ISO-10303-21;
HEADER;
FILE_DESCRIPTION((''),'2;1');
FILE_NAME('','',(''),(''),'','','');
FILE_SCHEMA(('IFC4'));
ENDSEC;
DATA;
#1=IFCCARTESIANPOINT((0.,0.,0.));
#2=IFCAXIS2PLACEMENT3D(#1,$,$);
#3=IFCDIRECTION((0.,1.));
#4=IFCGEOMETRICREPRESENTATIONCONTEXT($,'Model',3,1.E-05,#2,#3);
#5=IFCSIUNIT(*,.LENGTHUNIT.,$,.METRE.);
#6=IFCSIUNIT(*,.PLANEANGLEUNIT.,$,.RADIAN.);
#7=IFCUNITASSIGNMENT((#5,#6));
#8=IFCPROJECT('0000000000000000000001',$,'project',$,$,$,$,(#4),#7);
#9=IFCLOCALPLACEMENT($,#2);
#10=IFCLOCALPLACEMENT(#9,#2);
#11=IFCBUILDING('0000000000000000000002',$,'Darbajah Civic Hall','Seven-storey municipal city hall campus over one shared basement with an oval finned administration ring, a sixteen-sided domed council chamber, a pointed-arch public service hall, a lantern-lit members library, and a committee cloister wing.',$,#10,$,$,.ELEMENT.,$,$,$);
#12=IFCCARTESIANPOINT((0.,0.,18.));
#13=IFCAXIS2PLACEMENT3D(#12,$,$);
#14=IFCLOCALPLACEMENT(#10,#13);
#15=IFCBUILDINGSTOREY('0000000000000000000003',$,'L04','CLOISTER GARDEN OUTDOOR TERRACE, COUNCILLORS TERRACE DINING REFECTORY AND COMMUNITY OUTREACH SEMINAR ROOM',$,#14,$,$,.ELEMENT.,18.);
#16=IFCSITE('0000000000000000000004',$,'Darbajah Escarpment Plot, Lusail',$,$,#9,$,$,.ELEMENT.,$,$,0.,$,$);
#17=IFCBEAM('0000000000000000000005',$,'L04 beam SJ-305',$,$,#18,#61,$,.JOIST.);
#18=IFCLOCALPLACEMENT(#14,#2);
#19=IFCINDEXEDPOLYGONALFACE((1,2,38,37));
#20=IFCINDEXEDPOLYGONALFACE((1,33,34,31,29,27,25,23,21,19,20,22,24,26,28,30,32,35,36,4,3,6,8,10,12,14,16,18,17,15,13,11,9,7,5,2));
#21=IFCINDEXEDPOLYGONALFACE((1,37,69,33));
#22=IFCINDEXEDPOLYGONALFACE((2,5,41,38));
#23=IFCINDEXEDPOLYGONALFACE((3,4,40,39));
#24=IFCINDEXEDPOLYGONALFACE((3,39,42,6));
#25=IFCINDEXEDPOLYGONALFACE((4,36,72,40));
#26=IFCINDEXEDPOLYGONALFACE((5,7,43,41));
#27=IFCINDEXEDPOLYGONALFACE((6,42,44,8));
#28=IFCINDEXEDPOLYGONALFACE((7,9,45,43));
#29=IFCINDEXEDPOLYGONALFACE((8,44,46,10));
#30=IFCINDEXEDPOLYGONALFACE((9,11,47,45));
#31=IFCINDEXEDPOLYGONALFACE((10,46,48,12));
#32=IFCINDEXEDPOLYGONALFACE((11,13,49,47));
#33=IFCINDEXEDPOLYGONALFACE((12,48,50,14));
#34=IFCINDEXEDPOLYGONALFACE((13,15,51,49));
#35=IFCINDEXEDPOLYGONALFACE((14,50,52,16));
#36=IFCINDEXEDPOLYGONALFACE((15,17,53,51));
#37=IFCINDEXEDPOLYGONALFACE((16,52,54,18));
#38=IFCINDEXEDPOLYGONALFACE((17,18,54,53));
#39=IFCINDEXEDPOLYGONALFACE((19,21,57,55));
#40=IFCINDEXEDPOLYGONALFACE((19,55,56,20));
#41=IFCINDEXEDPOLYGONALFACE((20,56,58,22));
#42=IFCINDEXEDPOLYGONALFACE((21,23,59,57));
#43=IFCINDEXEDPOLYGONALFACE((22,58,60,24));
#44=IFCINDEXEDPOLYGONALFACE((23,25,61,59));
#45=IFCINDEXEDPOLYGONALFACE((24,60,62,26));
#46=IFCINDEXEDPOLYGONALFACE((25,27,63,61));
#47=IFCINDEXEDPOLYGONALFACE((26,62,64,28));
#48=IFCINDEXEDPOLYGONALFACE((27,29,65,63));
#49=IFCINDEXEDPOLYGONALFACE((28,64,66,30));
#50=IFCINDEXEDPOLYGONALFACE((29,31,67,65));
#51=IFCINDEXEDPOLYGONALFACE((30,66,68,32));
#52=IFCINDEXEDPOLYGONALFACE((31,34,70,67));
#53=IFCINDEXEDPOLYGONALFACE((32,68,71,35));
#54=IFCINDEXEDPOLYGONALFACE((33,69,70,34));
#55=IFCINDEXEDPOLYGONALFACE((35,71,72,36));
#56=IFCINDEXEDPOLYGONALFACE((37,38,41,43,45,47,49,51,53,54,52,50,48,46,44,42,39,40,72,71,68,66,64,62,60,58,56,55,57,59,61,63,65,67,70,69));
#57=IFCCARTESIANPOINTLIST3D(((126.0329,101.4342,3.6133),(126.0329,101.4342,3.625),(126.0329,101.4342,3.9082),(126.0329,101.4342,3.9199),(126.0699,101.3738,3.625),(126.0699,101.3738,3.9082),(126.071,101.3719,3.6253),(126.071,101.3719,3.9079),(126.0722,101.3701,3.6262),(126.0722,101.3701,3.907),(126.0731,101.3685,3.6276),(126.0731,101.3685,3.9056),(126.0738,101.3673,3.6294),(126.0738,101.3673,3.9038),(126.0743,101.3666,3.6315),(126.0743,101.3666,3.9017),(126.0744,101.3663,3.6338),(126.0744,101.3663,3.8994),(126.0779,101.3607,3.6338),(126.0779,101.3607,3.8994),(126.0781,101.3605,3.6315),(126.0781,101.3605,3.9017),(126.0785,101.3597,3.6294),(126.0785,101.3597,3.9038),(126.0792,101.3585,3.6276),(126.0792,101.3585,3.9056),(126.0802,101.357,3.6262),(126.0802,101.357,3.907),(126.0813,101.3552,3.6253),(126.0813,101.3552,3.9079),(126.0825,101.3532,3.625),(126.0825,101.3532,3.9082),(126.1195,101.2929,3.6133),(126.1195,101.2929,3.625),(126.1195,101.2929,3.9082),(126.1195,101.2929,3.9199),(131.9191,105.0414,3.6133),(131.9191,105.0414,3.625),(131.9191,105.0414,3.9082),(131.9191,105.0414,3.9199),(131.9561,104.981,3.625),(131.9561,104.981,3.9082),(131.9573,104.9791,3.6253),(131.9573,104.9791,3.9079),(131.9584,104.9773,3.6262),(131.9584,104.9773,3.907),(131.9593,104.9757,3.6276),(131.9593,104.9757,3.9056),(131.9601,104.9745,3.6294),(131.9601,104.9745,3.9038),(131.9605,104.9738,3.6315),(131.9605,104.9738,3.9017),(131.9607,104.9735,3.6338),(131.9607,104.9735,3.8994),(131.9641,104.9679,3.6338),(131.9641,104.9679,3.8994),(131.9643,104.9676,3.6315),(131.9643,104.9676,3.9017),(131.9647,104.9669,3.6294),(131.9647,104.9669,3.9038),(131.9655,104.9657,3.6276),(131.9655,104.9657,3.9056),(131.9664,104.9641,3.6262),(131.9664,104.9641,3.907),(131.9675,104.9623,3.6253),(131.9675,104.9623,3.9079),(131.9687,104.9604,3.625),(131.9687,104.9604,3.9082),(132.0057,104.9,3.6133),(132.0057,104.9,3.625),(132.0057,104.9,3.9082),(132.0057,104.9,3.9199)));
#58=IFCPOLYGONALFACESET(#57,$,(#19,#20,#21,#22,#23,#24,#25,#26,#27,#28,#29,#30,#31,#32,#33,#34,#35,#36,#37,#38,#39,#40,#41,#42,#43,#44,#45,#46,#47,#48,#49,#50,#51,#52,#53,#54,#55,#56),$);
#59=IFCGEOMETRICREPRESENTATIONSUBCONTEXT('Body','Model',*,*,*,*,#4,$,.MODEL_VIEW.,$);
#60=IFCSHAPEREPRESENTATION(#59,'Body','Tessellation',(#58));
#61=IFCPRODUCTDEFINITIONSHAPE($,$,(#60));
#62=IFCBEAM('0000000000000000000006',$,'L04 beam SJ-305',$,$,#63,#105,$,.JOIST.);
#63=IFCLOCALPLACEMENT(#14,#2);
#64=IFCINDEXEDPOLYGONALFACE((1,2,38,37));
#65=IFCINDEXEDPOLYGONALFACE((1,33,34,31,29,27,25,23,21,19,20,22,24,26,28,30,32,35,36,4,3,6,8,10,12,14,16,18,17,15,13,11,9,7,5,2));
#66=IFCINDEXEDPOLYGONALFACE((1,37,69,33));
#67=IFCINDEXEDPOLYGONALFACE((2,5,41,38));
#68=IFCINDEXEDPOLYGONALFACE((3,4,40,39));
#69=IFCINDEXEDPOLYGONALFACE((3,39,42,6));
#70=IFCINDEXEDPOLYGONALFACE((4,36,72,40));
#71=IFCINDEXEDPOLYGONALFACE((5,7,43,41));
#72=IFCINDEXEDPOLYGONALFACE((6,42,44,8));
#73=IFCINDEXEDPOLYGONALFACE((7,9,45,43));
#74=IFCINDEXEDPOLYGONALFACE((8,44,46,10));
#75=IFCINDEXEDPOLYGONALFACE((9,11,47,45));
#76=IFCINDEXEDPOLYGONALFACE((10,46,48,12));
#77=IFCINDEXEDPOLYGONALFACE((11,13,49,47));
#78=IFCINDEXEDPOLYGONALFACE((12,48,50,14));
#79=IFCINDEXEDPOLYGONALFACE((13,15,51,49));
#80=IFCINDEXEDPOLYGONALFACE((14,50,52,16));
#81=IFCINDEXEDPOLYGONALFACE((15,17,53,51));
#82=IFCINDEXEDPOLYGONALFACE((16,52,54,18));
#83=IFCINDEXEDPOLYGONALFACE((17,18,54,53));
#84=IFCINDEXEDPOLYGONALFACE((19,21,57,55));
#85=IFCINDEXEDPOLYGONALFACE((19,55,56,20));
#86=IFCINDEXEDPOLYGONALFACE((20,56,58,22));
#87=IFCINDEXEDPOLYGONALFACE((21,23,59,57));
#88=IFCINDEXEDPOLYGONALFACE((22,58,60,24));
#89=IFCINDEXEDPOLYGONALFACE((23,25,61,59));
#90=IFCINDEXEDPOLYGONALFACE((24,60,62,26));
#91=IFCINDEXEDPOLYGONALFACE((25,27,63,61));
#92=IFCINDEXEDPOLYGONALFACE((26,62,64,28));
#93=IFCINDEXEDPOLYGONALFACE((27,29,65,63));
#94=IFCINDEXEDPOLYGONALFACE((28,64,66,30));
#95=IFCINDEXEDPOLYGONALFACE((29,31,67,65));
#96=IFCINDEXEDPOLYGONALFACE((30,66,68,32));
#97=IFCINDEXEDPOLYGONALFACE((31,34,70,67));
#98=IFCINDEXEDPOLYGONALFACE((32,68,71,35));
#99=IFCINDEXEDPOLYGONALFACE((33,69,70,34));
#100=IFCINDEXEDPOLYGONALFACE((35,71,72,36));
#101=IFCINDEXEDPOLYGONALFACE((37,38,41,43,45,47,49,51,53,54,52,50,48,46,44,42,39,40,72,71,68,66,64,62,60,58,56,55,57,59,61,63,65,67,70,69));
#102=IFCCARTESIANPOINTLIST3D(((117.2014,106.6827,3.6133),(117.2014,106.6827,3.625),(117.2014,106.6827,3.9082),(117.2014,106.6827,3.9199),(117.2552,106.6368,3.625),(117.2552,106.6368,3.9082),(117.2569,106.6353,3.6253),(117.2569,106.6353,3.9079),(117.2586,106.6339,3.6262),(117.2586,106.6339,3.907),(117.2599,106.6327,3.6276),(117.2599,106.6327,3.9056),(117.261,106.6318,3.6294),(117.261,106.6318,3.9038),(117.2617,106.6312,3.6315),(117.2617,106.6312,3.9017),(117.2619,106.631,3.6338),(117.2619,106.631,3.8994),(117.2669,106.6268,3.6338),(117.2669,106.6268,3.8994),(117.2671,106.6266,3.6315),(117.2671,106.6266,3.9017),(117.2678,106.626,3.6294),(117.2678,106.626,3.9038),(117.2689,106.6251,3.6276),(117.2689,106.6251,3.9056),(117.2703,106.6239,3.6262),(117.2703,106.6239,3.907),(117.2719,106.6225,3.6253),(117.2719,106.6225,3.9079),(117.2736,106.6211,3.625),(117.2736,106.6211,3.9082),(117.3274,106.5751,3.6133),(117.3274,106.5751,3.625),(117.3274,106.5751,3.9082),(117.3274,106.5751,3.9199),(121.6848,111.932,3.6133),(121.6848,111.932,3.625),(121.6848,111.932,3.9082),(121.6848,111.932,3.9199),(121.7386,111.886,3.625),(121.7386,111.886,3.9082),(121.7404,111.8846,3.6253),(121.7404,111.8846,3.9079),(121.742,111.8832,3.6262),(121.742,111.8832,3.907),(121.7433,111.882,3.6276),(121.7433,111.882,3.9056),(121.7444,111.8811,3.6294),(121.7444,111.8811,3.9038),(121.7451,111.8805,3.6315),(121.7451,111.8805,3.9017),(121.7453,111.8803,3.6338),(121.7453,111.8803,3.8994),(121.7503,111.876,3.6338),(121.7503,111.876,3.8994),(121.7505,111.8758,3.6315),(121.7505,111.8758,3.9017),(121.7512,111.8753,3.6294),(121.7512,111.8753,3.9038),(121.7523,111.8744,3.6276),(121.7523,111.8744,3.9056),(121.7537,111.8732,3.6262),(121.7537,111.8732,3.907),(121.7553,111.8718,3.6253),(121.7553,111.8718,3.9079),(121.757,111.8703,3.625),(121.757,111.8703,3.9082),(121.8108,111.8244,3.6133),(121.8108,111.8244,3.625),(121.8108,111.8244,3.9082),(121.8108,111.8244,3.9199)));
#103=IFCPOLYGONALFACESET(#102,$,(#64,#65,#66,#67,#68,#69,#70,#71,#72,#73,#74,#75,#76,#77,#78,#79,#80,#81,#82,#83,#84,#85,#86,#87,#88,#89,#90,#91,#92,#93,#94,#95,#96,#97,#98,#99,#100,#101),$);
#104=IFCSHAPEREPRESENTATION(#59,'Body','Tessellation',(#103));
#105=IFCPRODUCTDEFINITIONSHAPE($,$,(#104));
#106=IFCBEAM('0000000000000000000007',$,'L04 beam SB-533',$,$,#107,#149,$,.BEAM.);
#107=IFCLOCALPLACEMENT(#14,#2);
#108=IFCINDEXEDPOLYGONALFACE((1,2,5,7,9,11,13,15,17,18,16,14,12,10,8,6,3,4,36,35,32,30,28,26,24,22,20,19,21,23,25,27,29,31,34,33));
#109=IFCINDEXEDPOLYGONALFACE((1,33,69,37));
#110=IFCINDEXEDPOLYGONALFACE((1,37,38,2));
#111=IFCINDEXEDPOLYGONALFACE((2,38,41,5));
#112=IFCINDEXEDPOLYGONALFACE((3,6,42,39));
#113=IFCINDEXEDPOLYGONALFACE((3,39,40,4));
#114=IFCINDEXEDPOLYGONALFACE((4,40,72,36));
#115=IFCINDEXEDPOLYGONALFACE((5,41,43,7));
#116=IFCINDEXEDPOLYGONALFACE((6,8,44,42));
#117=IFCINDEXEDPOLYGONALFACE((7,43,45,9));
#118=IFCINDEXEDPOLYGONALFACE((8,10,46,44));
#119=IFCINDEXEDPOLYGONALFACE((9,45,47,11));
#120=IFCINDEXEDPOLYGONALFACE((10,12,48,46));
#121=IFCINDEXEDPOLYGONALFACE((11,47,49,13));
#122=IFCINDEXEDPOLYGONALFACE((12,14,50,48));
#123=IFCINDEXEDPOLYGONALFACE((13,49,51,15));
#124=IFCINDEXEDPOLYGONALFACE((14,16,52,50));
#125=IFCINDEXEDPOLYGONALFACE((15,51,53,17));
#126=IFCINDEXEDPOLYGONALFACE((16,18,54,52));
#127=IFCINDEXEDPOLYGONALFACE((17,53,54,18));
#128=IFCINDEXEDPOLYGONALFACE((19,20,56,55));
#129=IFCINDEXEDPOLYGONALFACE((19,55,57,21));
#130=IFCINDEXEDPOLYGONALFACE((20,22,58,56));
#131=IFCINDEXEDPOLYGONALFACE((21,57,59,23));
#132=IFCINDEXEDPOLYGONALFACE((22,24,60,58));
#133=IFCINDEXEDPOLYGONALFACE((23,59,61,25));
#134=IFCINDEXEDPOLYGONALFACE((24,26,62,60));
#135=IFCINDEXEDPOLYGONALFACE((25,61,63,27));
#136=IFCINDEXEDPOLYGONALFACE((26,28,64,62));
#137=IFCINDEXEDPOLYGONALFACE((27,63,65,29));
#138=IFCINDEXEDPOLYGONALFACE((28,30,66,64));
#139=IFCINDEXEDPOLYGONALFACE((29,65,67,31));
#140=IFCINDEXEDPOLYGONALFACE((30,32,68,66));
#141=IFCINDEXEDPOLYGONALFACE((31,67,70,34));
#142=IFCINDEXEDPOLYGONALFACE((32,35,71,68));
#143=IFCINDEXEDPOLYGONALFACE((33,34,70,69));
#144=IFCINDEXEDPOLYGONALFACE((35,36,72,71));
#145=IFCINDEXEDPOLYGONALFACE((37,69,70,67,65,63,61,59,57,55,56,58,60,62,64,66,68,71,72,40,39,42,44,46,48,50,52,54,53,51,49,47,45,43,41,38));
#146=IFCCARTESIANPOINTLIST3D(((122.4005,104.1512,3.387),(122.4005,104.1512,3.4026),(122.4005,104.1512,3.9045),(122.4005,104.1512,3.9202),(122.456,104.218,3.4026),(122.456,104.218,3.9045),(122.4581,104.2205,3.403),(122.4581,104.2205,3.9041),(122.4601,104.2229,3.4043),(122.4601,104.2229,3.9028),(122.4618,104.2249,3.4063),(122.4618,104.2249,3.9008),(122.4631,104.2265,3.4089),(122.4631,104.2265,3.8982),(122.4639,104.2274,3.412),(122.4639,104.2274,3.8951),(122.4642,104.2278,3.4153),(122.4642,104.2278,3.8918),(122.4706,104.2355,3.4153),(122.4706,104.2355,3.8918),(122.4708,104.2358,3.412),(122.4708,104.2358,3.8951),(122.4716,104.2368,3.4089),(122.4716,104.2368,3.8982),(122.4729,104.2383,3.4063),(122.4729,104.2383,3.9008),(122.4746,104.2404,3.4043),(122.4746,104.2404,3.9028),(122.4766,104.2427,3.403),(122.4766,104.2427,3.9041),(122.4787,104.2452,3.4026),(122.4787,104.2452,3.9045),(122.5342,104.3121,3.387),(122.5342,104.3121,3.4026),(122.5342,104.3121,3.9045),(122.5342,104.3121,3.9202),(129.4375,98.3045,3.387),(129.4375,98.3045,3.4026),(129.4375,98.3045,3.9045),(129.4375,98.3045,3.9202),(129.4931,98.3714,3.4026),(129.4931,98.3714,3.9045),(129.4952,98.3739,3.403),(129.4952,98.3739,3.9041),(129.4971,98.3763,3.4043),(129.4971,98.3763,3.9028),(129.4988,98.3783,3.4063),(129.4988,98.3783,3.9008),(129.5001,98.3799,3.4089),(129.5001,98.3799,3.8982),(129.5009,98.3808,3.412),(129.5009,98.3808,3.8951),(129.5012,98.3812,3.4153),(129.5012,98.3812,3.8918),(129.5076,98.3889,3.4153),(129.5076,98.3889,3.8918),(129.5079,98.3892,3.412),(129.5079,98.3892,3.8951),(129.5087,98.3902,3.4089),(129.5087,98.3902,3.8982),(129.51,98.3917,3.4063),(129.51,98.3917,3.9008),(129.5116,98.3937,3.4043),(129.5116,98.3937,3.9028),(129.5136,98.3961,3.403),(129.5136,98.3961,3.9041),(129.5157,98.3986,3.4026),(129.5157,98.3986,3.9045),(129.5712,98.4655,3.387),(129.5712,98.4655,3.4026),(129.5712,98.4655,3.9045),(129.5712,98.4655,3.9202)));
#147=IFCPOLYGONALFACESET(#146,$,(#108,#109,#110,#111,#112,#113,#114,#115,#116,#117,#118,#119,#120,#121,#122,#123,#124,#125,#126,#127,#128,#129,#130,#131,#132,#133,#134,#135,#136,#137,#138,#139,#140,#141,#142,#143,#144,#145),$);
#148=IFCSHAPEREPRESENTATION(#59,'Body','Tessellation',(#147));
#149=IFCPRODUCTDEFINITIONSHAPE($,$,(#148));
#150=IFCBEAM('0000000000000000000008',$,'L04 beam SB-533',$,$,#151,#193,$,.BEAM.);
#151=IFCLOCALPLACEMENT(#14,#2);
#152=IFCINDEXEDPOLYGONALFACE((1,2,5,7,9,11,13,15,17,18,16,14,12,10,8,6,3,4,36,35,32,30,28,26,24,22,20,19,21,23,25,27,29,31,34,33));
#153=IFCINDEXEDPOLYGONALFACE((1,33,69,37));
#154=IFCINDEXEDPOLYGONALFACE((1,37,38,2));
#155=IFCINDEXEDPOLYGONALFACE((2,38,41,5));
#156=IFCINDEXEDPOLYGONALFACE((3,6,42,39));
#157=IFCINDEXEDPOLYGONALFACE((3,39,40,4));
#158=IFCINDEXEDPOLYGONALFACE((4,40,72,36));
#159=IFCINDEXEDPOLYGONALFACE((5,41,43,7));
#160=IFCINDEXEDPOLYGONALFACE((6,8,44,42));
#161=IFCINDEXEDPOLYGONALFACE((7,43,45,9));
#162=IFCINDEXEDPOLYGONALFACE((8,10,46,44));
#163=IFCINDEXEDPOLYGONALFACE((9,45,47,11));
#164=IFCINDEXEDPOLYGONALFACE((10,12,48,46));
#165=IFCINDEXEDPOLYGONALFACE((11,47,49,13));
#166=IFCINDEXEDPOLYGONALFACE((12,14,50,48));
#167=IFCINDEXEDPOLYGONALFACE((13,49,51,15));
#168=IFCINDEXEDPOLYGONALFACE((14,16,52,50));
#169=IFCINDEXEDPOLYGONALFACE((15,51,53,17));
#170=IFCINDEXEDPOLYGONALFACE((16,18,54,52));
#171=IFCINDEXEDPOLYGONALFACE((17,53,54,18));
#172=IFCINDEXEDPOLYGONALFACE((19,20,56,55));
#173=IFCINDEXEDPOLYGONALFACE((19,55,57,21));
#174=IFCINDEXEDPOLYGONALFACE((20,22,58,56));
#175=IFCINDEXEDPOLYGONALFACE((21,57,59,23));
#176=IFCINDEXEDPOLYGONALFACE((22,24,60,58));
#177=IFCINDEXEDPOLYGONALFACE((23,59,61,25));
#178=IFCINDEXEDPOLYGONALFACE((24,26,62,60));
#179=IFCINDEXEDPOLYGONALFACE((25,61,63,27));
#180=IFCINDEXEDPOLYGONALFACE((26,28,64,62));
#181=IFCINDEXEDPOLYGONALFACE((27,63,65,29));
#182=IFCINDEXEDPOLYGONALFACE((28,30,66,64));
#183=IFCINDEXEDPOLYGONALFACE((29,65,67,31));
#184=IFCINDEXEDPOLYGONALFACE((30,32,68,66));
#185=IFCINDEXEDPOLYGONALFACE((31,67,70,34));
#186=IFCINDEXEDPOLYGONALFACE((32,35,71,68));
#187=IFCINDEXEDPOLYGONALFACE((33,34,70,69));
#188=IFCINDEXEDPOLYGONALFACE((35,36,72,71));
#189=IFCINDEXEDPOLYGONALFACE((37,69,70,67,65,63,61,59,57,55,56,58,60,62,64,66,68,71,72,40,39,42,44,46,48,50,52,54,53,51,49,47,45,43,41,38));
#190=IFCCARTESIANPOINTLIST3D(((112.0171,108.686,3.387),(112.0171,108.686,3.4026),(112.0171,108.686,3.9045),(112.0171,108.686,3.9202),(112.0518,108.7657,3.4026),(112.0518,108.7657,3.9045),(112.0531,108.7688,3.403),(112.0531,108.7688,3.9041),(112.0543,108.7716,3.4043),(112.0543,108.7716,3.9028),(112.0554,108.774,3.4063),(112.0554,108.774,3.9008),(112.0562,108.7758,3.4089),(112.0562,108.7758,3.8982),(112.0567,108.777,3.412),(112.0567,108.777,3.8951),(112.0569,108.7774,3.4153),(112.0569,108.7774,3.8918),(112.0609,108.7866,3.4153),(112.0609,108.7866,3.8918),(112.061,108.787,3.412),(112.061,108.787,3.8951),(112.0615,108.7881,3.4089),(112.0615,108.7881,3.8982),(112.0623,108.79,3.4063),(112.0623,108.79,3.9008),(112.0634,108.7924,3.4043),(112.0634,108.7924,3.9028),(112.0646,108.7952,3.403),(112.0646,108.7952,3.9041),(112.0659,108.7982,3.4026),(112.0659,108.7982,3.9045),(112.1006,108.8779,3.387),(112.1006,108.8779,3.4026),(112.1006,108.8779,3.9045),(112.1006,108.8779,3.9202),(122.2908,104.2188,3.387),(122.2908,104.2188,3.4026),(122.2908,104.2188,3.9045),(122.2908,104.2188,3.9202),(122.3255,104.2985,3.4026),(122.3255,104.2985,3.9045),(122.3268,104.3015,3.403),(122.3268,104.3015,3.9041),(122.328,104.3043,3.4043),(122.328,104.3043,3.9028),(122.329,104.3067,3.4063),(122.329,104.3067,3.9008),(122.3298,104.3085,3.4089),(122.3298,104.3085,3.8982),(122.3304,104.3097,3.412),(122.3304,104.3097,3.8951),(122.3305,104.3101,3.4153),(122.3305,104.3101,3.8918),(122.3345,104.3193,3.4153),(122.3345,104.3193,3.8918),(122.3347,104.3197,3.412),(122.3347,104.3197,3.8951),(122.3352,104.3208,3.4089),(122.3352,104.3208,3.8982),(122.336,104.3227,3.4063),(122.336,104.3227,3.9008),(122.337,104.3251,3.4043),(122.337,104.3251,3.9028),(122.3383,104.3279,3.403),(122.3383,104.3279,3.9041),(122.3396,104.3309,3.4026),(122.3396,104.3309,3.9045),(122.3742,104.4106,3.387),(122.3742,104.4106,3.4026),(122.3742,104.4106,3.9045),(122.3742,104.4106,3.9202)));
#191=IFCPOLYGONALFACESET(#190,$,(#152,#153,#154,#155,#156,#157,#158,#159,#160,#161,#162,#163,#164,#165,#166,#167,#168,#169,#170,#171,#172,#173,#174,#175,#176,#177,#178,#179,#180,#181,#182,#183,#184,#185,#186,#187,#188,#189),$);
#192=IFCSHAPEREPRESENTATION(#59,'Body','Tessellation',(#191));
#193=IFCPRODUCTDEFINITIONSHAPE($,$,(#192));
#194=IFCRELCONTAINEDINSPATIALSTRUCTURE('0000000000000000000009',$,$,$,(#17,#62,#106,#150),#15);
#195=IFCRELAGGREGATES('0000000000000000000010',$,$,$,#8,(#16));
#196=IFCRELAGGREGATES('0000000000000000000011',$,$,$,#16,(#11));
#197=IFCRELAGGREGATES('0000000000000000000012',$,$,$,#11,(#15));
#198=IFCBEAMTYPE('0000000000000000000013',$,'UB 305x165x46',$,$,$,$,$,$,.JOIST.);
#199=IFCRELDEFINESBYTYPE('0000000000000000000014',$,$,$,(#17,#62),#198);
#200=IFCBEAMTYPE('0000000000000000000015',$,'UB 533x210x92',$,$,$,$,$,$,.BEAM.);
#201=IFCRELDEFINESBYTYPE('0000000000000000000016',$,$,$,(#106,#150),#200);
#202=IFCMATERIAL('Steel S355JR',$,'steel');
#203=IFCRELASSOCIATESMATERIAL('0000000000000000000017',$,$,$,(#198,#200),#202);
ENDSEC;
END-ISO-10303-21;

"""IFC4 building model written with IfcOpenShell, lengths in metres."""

from ifc_helpers import new_model, si_unit, direction, frame, origin, origin_2d, place, context, subcontext, project, spatial, i_section, extrude, material, material_profile, profile_set, type_object, element, save


model = new_model("IFC4")

# Units and contexts
model_context = context("Model", 3, precision=1e-05, world=origin(), true_north=direction((0.0, 1.0)))
body_context = subcontext(model_context, "Body", "Model", "MODEL_VIEW")
ifc_project = project(units=[si_unit("LENGTHUNIT", "METRE"), si_unit("PLANEANGLEUNIT", "RADIAN")], contexts=[model_context])

# Site, building, storey
site_placement = place(None, origin())
site = spatial("IfcSite", under=ifc_project, at=site_placement, Name="Darbajah Escarpment Plot, Lusail", CompositionType="ELEMENT", RefElevation=0.0)
building_placement = place(site_placement, origin())
building = spatial("IfcBuilding", under=site, at=building_placement, Name="Darbajah Civic Hall", Description="Seven-storey municipal city hall campus over one shared basement with an oval finned administration ring, a sixteen-sided domed council chamber, a pointed-arch public service hall, a lantern-lit members library, and a committee cloister wing.", CompositionType="ELEMENT")
storey_placement = place(building_placement, frame((0.0, 0.0, 18.0)))
storey = spatial("IfcBuildingStorey", under=building, at=storey_placement, Name="L04", Description="CLOISTER GARDEN OUTDOOR TERRACE, COUNCILLORS TERRACE DINING REFECTORY AND COMMUNITY OUTREACH SEMINAR ROOM", CompositionType="ELEMENT", Elevation=18.0)

# Beams
ifc_material_1 = material(Name="Steel S355JR", Category="steel")
ifc_material_profile_1 = material_profile(ifc_material_1, i_section(OverallWidth=0.1658, OverallDepth=0.3066, WebThickness=0.0066, FlangeThickness=0.0117, FilletRadius=0.0088, at=origin_2d()), Name="UB 305x165x46")
ifc_profile_set_1 = profile_set([ifc_material_profile_1], Name="Steel S355JR")
beam_type_1 = type_object("IfcBeamType", Name="UB 305x165x46", PredefinedType="JOIST", material=ifc_profile_set_1)
beam_1_placement = place(storey_placement, frame((126.0762, 101.3635, 3.7666), z_axis=(0.852634, 0.522508, 0.0), x_axis=(-0.522508, 0.852634, 0.0)))
element("IfcBeam", 1, at=beam_1_placement, inside=storey, type_object=beam_type_1, Name="L04 beam SJ-305", PredefinedType="JOIST", context=body_context, shape_type="SweptSolid", body=[
    extrude(i_section(OverallWidth=0.1658, OverallDepth=0.3066, WebThickness=0.0066, FlangeThickness=0.0117, FilletRadius=0.0088, at=origin_2d()), origin(), (0.0, 0.0, 1.0), 6.9036),
])
beam_2_placement = place(storey_placement, frame((117.2644, 106.6289, 3.7666), z_axis=(0.649456, 0.760399, 0.0), x_axis=(-0.760399, 0.649456, 0.0)))
element("IfcBeam", 2, at=beam_2_placement, inside=storey, type_object=beam_type_1, Name="L04 beam SJ-305", PredefinedType="JOIST", context=body_context, shape_type="SweptSolid", body=[
    extrude(i_section(OverallWidth=0.1658, OverallDepth=0.3066, WebThickness=0.0066, FlangeThickness=0.0117, FilletRadius=0.0088, at=origin_2d()), origin(), (0.0, 0.0, 1.0), 6.9033),
])
ifc_material_profile_2 = material_profile(ifc_material_1, i_section(OverallWidth=0.2092, OverallDepth=0.5332, WebThickness=0.01, FlangeThickness=0.0156, FilletRadius=0.0127, at=origin_2d()), Name="UB 533x210x92")
ifc_profile_set_2 = profile_set([ifc_material_profile_2], Name="Steel S355JR")
beam_type_2 = type_object("IfcBeamType", Name="UB 533x210x92", PredefinedType="BEAM", material=ifc_profile_set_2)
beam_3_placement = place(storey_placement, frame((129.5044, 98.385, 3.6536), z_axis=(-0.769165, 0.63905, 0.0), x_axis=(-0.63905, -0.769165, 0.0)))
element("IfcBeam", 3, at=beam_3_placement, inside=storey, type_object=beam_type_2, Name="L04 beam SB-533", PredefinedType="BEAM", context=body_context, shape_type="SweptSolid", body=[
    extrude(i_section(OverallWidth=0.2092, OverallDepth=0.5332, WebThickness=0.01, FlangeThickness=0.0156, FilletRadius=0.0127, at=origin_2d()), origin(), (0.0, 0.0, 1.0), 9.1489),
])
beam_4_placement = place(storey_placement, frame((122.3325, 104.3147, 3.6536), z_axis=(-0.917055, 0.398761, 0.0), x_axis=(-0.398761, -0.917055, 0.0)))
element("IfcBeam", 4, at=beam_4_placement, inside=storey, type_object=beam_type_2, Name="L04 beam SB-533", PredefinedType="BEAM", context=body_context, shape_type="SweptSolid", body=[
    extrude(i_section(OverallWidth=0.2092, OverallDepth=0.5332, WebThickness=0.01, FlangeThickness=0.0156, FilletRadius=0.0127, at=origin_2d()), origin(), (0.0, 0.0, 1.0), 11.2029),
])

save(model, "model.ifc")
